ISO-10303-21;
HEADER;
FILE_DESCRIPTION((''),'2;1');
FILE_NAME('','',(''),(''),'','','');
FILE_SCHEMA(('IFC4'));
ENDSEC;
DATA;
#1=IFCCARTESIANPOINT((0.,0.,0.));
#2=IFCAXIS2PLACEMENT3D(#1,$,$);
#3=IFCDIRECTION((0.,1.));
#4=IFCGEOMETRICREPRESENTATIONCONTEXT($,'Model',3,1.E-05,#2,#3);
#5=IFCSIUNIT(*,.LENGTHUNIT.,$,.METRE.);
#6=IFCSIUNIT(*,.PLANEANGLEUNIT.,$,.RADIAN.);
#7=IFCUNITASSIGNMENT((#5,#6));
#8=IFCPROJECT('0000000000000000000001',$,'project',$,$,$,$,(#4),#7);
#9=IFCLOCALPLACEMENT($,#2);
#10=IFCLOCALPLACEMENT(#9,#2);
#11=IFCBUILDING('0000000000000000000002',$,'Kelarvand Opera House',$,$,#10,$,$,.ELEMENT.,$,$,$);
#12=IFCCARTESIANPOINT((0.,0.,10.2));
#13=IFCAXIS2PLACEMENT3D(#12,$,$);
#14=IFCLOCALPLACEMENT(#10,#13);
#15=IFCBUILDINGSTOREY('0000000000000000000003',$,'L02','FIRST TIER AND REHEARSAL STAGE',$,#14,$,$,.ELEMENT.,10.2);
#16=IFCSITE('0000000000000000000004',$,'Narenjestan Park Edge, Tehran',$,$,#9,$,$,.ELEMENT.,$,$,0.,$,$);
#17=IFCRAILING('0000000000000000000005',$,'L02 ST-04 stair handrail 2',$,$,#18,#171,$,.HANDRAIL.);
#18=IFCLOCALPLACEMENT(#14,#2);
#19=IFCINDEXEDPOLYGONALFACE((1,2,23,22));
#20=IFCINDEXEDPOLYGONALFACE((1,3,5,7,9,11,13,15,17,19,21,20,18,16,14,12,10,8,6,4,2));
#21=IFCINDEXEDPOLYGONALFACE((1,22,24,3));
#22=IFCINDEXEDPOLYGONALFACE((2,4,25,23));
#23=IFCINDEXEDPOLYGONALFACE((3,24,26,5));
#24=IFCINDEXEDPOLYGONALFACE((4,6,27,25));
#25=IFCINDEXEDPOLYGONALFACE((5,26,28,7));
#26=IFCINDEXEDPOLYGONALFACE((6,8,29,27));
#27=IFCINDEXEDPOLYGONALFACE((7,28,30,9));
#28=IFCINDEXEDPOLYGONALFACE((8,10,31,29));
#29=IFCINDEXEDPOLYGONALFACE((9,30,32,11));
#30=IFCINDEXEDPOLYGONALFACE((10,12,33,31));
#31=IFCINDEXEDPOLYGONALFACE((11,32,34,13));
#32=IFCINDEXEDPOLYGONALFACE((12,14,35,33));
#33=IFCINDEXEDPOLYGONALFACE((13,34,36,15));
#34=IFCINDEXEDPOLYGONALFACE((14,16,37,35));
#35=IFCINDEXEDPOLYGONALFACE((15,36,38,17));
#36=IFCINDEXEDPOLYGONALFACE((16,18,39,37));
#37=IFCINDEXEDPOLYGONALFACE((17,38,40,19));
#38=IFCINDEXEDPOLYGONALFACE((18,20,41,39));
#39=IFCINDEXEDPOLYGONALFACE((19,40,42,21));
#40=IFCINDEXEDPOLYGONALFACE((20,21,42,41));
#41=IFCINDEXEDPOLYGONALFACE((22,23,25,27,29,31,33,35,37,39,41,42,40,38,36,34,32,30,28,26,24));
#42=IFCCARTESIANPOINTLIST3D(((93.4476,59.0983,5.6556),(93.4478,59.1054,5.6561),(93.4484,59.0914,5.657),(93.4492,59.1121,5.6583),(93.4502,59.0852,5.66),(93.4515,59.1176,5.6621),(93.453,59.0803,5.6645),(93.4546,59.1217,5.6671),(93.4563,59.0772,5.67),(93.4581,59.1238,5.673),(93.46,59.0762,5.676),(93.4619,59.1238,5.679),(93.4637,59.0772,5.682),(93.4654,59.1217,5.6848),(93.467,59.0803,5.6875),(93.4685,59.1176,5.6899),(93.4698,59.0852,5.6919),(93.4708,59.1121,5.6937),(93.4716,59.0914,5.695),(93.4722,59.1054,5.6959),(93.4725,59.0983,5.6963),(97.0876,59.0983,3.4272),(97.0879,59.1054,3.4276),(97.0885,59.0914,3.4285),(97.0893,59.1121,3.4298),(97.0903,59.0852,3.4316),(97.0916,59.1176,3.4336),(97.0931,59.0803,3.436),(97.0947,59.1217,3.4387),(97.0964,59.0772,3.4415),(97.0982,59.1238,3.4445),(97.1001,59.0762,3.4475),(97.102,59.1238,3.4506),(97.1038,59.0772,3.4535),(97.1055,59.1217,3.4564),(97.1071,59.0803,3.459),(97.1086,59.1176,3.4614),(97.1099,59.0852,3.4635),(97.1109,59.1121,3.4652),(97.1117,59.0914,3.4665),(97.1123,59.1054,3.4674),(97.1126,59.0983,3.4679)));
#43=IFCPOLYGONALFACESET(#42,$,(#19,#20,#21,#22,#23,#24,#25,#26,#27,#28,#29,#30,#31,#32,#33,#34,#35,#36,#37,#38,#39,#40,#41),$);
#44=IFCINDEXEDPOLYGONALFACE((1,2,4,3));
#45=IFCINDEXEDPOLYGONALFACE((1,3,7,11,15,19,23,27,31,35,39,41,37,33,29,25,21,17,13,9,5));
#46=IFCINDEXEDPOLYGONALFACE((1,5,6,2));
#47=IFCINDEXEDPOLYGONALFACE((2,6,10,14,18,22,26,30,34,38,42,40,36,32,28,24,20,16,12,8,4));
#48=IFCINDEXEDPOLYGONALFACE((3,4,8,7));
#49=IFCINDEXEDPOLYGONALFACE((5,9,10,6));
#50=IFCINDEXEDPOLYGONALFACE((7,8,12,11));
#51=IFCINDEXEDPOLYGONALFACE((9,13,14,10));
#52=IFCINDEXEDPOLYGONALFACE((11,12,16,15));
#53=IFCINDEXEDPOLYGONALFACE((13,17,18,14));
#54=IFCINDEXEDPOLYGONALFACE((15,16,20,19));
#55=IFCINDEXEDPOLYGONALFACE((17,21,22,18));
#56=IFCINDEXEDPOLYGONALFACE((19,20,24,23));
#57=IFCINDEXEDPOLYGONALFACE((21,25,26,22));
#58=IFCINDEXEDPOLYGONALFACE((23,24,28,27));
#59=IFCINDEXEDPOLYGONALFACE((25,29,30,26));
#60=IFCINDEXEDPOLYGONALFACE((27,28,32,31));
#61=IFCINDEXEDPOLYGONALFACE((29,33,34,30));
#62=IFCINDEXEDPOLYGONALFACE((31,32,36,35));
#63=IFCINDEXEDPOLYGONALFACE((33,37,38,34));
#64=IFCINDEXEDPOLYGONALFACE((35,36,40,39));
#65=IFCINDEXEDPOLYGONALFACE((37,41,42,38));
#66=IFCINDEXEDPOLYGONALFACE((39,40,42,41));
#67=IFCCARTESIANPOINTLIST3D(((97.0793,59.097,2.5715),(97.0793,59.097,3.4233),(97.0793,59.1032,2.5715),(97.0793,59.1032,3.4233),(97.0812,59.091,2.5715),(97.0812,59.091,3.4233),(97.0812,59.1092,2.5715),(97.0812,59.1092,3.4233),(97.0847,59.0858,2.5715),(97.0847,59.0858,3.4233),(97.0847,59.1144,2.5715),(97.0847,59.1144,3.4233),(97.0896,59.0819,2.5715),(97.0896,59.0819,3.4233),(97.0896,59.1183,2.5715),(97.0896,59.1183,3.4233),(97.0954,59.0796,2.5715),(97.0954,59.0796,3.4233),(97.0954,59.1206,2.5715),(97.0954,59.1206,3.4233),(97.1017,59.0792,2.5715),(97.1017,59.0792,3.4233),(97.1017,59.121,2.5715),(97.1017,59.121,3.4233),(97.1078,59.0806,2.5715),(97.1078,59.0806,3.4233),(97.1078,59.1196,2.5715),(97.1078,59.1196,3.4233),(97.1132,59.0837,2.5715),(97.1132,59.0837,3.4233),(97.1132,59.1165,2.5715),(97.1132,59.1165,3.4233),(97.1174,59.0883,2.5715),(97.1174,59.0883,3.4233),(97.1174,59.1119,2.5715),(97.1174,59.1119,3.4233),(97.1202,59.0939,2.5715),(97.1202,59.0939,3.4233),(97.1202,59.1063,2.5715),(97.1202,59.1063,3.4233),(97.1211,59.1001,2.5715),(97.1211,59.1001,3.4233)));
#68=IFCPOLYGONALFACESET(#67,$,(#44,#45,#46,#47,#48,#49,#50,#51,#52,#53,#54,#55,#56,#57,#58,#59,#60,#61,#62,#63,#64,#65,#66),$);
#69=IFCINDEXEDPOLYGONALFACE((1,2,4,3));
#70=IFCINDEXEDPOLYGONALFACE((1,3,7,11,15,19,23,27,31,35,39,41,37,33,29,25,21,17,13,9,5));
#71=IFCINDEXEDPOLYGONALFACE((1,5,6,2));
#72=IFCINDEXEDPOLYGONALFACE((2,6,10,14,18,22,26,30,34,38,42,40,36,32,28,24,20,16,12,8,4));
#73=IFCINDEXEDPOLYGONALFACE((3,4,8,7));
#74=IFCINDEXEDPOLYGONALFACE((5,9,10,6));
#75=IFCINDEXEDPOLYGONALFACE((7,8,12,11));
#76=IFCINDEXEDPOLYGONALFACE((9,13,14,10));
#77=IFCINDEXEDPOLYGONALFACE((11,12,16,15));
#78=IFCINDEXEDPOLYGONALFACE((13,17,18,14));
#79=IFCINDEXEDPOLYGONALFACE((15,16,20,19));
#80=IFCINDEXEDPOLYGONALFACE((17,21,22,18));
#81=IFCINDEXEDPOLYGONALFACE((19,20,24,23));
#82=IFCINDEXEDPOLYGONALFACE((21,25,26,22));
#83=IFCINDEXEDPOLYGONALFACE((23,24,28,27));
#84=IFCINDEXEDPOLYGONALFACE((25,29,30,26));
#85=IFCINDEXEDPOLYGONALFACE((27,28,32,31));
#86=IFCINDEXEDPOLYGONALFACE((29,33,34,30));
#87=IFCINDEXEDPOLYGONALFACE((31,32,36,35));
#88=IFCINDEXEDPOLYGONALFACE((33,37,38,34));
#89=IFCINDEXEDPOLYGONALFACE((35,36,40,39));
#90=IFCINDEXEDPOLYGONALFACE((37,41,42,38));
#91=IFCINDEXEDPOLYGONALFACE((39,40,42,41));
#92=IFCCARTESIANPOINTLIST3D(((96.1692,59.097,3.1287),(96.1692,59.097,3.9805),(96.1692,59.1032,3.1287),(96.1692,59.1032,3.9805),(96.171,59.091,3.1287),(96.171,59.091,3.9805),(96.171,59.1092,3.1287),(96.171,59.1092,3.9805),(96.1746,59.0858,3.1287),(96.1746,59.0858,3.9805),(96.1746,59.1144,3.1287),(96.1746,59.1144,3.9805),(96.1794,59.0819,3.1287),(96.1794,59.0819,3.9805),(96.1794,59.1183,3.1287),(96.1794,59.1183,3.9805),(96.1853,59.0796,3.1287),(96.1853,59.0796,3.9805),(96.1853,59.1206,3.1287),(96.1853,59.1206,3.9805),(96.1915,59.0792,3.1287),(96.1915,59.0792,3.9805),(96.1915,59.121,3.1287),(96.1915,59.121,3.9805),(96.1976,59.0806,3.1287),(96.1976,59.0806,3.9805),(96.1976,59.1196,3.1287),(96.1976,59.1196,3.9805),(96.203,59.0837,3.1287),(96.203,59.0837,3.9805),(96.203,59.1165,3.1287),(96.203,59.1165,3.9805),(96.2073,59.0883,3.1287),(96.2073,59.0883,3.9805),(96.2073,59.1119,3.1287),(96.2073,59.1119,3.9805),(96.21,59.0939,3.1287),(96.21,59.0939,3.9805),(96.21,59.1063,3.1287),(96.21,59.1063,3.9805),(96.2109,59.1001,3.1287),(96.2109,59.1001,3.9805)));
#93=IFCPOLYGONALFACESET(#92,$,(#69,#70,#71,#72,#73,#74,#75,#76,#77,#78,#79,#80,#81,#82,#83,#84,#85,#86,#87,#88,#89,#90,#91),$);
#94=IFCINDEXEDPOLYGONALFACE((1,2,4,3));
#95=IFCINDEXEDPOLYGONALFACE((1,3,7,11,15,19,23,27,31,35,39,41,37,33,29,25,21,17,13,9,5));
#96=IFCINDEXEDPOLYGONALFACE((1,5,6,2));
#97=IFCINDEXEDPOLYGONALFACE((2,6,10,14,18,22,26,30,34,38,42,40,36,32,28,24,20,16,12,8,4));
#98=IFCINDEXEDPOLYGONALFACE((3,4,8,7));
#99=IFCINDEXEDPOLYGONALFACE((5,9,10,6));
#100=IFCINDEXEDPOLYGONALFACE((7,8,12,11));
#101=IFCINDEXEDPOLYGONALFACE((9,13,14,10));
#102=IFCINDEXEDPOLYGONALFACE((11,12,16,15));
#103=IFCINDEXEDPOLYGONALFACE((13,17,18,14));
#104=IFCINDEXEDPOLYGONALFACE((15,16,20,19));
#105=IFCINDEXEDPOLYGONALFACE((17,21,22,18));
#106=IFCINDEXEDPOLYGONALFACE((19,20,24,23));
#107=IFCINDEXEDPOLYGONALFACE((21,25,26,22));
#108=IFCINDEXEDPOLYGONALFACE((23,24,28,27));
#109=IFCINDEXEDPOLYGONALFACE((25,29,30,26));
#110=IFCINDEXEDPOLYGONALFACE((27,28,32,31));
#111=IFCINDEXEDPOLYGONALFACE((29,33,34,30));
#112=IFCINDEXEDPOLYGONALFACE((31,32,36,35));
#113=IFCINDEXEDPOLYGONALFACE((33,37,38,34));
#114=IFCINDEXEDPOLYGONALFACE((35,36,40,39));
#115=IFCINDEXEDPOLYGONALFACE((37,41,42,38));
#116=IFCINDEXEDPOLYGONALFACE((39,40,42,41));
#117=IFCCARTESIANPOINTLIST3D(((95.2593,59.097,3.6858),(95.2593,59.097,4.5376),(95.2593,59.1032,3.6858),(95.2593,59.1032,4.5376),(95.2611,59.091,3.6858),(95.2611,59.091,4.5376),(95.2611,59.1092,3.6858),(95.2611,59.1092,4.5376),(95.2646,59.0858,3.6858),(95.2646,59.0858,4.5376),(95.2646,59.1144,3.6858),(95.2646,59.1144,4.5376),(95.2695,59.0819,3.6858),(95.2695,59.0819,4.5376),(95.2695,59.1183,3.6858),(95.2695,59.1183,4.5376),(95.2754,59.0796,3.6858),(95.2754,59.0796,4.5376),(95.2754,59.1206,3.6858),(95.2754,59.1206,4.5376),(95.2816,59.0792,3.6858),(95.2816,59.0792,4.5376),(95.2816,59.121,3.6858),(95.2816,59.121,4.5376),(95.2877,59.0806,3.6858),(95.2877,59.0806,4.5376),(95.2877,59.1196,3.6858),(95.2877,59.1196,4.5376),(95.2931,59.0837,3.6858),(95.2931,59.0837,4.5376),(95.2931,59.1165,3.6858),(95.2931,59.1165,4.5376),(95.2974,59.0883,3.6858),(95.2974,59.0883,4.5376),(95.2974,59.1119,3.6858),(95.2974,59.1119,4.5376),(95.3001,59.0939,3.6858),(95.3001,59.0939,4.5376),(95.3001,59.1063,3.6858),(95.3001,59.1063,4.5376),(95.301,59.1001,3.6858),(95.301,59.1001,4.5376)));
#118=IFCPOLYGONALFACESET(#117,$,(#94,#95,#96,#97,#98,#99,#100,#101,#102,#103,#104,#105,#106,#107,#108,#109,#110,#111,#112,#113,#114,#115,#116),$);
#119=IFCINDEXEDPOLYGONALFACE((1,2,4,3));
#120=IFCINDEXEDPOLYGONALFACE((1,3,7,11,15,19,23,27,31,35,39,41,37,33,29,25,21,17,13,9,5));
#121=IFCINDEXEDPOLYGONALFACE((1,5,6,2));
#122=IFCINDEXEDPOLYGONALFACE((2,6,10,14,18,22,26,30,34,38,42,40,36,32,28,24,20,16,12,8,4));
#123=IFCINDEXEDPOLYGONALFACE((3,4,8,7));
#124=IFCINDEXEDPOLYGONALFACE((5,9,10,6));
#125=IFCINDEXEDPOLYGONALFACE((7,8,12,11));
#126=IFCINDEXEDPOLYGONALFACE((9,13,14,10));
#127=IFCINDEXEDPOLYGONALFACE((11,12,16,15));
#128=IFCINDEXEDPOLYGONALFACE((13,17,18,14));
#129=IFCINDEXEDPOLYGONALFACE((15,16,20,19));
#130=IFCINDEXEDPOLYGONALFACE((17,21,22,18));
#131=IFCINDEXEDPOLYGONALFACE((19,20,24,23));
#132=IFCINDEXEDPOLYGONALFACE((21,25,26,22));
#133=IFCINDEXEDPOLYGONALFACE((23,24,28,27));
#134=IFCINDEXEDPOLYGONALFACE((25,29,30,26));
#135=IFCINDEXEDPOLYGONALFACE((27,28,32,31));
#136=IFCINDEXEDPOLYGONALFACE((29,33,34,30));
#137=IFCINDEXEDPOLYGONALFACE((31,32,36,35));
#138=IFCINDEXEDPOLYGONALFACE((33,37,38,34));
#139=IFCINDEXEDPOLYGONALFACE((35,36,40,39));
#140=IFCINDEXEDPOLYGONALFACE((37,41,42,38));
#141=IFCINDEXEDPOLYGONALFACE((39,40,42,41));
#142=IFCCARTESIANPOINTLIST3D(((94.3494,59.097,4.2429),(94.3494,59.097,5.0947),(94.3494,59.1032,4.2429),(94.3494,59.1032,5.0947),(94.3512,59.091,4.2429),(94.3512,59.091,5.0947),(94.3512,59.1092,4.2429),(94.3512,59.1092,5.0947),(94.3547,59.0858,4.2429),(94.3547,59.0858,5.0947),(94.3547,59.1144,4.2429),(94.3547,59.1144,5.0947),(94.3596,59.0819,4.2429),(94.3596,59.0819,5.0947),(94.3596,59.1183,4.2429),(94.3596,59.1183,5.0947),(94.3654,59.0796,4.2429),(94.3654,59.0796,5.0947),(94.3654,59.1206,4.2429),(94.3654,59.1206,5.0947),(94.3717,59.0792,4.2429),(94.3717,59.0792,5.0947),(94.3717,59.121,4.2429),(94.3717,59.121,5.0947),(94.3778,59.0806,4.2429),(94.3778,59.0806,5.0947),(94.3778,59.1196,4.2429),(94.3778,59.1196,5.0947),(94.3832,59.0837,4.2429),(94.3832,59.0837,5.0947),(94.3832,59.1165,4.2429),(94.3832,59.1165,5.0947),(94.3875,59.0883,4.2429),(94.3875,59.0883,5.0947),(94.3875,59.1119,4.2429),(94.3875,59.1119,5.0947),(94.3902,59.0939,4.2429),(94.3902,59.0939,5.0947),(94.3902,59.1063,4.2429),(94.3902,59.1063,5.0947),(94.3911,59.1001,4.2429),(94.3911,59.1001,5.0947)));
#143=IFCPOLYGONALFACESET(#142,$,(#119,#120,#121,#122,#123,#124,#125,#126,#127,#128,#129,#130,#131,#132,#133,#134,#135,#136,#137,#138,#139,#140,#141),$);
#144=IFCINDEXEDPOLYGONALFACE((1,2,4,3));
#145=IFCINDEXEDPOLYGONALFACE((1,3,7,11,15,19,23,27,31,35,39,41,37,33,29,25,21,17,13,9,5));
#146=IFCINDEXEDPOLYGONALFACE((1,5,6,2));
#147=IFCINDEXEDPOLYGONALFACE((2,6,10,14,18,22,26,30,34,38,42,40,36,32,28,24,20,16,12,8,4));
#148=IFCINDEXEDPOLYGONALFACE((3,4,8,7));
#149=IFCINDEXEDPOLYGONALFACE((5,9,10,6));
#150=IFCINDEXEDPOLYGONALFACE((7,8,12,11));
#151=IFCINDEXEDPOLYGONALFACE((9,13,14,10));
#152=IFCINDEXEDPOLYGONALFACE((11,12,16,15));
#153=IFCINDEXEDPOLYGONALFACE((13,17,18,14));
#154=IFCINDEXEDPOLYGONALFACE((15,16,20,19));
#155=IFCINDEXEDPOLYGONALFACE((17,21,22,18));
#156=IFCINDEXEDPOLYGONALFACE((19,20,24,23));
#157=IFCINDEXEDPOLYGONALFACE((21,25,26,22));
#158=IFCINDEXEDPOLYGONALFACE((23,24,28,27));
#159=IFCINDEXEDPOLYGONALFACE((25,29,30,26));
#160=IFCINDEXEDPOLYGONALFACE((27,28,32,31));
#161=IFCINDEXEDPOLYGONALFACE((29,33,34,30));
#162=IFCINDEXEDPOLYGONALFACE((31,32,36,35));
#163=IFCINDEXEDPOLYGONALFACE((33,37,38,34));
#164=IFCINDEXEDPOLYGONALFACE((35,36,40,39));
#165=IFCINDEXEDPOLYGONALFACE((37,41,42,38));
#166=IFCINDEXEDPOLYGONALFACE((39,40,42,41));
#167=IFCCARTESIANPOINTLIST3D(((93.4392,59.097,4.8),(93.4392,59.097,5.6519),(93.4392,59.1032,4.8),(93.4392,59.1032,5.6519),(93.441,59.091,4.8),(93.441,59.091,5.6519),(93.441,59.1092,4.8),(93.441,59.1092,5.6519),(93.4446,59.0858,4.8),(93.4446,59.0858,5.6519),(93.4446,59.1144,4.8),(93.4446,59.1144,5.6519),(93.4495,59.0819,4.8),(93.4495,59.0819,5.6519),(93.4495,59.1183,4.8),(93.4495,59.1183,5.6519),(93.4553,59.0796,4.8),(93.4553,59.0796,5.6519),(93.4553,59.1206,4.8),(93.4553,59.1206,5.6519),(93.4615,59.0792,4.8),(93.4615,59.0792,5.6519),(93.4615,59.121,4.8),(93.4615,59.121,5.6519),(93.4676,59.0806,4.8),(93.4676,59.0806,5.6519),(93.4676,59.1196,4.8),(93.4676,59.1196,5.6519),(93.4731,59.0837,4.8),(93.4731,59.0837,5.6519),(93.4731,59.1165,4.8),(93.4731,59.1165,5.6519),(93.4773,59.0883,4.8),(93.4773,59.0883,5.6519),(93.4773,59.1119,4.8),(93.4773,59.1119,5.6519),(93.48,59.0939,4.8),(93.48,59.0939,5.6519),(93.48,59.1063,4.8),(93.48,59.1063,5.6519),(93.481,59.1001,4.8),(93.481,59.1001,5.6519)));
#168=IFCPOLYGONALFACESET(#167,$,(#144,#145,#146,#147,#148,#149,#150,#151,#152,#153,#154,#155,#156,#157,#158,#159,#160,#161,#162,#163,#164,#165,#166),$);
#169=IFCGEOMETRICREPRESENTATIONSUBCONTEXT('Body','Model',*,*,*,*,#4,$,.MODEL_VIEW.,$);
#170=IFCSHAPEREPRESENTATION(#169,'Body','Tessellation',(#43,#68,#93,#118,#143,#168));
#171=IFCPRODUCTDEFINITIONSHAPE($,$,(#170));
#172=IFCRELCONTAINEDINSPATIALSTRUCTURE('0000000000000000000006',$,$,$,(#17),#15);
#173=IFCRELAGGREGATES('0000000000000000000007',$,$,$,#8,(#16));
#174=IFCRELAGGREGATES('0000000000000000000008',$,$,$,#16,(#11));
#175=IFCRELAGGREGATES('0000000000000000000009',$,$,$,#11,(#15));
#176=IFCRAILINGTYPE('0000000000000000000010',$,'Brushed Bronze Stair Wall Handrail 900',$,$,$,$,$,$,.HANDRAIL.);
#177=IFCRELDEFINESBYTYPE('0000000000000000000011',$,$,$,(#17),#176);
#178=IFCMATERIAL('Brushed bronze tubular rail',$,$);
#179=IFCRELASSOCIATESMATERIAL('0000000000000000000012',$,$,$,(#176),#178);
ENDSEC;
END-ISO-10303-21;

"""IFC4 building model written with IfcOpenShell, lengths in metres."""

from ifc_helpers import new_model, si_unit, direction, frame, origin, origin_2d, place, context, subcontext, project, spatial, circle, extrude, material, type_object, element, save


model = new_model("IFC4")

# Units and contexts
model_context = context("Model", 3, precision=1e-05, world=origin(), true_north=direction((0.0, 1.0)))
body_context = subcontext(model_context, "Body", "Model", "MODEL_VIEW")
ifc_project = project(units=[si_unit("LENGTHUNIT", "METRE"), si_unit("PLANEANGLEUNIT", "RADIAN")], contexts=[model_context])

# Site, building, storey
site_placement = place(None, origin())
site = spatial("IfcSite", under=ifc_project, at=site_placement, Name="Narenjestan Park Edge, Tehran", CompositionType="ELEMENT", RefElevation=0.0)
building_placement = place(site_placement, origin())
building = spatial("IfcBuilding", under=site, at=building_placement, Name="Kelarvand Opera House", CompositionType="ELEMENT")
storey_placement = place(building_placement, frame((0.0, 0.0, 10.2)))
storey = spatial("IfcBuildingStorey", under=building, at=storey_placement, Name="L02", Description="FIRST TIER AND REHEARSAL STAGE", CompositionType="ELEMENT", Elevation=10.2)

# Railing
ifc_material_1 = material(Name="Brushed bronze tubular rail")
railing_type_1 = type_object("IfcRailingType", Name="Brushed Bronze Stair Wall Handrail 900", PredefinedType="HANDRAIL", material=ifc_material_1)
railing_1_placement = place(storey_placement, frame((97.1001, 59.1001, 2.5715)))
element("IfcRailing", 1, at=railing_1_placement, inside=storey, type_object=railing_type_1, Name="L02 ST-04 stair handrail 2", PredefinedType="HANDRAIL", context=body_context, shape_type="SweptSolid", body=[
    extrude(circle(Radius=0.0239, at=origin_2d()), frame((0.0, 0.0, 0.876), z_axis=(-0.852866, 0.0, 0.52213), x_axis=(0.0, -1.0, 0.0)), (0.0, 0.0, 1.0), 4.2681),
    extrude(circle(Radius=0.021, at=origin_2d()), origin(), (0.0, 0.0, 1.0), 0.8518),
    extrude(circle(Radius=0.021, at=origin_2d()), frame((-0.9102, 0.0, 0.5571)), (0.0, 0.0, 1.0), 0.8518),
    extrude(circle(Radius=0.021, at=origin_2d()), frame((-1.8201, 0.0, 1.1143)), (0.0, 0.0, 1.0), 0.8518),
    extrude(circle(Radius=0.021, at=origin_2d()), frame((-2.73, 0.0, 1.6714)), (0.0, 0.0, 1.0), 0.8518),
    extrude(circle(Radius=0.021, at=origin_2d()), frame((-3.6401, 0.0, 2.2285)), (0.0, 0.0, 1.0), 0.8518),
])

save(model, "model.ifc")
